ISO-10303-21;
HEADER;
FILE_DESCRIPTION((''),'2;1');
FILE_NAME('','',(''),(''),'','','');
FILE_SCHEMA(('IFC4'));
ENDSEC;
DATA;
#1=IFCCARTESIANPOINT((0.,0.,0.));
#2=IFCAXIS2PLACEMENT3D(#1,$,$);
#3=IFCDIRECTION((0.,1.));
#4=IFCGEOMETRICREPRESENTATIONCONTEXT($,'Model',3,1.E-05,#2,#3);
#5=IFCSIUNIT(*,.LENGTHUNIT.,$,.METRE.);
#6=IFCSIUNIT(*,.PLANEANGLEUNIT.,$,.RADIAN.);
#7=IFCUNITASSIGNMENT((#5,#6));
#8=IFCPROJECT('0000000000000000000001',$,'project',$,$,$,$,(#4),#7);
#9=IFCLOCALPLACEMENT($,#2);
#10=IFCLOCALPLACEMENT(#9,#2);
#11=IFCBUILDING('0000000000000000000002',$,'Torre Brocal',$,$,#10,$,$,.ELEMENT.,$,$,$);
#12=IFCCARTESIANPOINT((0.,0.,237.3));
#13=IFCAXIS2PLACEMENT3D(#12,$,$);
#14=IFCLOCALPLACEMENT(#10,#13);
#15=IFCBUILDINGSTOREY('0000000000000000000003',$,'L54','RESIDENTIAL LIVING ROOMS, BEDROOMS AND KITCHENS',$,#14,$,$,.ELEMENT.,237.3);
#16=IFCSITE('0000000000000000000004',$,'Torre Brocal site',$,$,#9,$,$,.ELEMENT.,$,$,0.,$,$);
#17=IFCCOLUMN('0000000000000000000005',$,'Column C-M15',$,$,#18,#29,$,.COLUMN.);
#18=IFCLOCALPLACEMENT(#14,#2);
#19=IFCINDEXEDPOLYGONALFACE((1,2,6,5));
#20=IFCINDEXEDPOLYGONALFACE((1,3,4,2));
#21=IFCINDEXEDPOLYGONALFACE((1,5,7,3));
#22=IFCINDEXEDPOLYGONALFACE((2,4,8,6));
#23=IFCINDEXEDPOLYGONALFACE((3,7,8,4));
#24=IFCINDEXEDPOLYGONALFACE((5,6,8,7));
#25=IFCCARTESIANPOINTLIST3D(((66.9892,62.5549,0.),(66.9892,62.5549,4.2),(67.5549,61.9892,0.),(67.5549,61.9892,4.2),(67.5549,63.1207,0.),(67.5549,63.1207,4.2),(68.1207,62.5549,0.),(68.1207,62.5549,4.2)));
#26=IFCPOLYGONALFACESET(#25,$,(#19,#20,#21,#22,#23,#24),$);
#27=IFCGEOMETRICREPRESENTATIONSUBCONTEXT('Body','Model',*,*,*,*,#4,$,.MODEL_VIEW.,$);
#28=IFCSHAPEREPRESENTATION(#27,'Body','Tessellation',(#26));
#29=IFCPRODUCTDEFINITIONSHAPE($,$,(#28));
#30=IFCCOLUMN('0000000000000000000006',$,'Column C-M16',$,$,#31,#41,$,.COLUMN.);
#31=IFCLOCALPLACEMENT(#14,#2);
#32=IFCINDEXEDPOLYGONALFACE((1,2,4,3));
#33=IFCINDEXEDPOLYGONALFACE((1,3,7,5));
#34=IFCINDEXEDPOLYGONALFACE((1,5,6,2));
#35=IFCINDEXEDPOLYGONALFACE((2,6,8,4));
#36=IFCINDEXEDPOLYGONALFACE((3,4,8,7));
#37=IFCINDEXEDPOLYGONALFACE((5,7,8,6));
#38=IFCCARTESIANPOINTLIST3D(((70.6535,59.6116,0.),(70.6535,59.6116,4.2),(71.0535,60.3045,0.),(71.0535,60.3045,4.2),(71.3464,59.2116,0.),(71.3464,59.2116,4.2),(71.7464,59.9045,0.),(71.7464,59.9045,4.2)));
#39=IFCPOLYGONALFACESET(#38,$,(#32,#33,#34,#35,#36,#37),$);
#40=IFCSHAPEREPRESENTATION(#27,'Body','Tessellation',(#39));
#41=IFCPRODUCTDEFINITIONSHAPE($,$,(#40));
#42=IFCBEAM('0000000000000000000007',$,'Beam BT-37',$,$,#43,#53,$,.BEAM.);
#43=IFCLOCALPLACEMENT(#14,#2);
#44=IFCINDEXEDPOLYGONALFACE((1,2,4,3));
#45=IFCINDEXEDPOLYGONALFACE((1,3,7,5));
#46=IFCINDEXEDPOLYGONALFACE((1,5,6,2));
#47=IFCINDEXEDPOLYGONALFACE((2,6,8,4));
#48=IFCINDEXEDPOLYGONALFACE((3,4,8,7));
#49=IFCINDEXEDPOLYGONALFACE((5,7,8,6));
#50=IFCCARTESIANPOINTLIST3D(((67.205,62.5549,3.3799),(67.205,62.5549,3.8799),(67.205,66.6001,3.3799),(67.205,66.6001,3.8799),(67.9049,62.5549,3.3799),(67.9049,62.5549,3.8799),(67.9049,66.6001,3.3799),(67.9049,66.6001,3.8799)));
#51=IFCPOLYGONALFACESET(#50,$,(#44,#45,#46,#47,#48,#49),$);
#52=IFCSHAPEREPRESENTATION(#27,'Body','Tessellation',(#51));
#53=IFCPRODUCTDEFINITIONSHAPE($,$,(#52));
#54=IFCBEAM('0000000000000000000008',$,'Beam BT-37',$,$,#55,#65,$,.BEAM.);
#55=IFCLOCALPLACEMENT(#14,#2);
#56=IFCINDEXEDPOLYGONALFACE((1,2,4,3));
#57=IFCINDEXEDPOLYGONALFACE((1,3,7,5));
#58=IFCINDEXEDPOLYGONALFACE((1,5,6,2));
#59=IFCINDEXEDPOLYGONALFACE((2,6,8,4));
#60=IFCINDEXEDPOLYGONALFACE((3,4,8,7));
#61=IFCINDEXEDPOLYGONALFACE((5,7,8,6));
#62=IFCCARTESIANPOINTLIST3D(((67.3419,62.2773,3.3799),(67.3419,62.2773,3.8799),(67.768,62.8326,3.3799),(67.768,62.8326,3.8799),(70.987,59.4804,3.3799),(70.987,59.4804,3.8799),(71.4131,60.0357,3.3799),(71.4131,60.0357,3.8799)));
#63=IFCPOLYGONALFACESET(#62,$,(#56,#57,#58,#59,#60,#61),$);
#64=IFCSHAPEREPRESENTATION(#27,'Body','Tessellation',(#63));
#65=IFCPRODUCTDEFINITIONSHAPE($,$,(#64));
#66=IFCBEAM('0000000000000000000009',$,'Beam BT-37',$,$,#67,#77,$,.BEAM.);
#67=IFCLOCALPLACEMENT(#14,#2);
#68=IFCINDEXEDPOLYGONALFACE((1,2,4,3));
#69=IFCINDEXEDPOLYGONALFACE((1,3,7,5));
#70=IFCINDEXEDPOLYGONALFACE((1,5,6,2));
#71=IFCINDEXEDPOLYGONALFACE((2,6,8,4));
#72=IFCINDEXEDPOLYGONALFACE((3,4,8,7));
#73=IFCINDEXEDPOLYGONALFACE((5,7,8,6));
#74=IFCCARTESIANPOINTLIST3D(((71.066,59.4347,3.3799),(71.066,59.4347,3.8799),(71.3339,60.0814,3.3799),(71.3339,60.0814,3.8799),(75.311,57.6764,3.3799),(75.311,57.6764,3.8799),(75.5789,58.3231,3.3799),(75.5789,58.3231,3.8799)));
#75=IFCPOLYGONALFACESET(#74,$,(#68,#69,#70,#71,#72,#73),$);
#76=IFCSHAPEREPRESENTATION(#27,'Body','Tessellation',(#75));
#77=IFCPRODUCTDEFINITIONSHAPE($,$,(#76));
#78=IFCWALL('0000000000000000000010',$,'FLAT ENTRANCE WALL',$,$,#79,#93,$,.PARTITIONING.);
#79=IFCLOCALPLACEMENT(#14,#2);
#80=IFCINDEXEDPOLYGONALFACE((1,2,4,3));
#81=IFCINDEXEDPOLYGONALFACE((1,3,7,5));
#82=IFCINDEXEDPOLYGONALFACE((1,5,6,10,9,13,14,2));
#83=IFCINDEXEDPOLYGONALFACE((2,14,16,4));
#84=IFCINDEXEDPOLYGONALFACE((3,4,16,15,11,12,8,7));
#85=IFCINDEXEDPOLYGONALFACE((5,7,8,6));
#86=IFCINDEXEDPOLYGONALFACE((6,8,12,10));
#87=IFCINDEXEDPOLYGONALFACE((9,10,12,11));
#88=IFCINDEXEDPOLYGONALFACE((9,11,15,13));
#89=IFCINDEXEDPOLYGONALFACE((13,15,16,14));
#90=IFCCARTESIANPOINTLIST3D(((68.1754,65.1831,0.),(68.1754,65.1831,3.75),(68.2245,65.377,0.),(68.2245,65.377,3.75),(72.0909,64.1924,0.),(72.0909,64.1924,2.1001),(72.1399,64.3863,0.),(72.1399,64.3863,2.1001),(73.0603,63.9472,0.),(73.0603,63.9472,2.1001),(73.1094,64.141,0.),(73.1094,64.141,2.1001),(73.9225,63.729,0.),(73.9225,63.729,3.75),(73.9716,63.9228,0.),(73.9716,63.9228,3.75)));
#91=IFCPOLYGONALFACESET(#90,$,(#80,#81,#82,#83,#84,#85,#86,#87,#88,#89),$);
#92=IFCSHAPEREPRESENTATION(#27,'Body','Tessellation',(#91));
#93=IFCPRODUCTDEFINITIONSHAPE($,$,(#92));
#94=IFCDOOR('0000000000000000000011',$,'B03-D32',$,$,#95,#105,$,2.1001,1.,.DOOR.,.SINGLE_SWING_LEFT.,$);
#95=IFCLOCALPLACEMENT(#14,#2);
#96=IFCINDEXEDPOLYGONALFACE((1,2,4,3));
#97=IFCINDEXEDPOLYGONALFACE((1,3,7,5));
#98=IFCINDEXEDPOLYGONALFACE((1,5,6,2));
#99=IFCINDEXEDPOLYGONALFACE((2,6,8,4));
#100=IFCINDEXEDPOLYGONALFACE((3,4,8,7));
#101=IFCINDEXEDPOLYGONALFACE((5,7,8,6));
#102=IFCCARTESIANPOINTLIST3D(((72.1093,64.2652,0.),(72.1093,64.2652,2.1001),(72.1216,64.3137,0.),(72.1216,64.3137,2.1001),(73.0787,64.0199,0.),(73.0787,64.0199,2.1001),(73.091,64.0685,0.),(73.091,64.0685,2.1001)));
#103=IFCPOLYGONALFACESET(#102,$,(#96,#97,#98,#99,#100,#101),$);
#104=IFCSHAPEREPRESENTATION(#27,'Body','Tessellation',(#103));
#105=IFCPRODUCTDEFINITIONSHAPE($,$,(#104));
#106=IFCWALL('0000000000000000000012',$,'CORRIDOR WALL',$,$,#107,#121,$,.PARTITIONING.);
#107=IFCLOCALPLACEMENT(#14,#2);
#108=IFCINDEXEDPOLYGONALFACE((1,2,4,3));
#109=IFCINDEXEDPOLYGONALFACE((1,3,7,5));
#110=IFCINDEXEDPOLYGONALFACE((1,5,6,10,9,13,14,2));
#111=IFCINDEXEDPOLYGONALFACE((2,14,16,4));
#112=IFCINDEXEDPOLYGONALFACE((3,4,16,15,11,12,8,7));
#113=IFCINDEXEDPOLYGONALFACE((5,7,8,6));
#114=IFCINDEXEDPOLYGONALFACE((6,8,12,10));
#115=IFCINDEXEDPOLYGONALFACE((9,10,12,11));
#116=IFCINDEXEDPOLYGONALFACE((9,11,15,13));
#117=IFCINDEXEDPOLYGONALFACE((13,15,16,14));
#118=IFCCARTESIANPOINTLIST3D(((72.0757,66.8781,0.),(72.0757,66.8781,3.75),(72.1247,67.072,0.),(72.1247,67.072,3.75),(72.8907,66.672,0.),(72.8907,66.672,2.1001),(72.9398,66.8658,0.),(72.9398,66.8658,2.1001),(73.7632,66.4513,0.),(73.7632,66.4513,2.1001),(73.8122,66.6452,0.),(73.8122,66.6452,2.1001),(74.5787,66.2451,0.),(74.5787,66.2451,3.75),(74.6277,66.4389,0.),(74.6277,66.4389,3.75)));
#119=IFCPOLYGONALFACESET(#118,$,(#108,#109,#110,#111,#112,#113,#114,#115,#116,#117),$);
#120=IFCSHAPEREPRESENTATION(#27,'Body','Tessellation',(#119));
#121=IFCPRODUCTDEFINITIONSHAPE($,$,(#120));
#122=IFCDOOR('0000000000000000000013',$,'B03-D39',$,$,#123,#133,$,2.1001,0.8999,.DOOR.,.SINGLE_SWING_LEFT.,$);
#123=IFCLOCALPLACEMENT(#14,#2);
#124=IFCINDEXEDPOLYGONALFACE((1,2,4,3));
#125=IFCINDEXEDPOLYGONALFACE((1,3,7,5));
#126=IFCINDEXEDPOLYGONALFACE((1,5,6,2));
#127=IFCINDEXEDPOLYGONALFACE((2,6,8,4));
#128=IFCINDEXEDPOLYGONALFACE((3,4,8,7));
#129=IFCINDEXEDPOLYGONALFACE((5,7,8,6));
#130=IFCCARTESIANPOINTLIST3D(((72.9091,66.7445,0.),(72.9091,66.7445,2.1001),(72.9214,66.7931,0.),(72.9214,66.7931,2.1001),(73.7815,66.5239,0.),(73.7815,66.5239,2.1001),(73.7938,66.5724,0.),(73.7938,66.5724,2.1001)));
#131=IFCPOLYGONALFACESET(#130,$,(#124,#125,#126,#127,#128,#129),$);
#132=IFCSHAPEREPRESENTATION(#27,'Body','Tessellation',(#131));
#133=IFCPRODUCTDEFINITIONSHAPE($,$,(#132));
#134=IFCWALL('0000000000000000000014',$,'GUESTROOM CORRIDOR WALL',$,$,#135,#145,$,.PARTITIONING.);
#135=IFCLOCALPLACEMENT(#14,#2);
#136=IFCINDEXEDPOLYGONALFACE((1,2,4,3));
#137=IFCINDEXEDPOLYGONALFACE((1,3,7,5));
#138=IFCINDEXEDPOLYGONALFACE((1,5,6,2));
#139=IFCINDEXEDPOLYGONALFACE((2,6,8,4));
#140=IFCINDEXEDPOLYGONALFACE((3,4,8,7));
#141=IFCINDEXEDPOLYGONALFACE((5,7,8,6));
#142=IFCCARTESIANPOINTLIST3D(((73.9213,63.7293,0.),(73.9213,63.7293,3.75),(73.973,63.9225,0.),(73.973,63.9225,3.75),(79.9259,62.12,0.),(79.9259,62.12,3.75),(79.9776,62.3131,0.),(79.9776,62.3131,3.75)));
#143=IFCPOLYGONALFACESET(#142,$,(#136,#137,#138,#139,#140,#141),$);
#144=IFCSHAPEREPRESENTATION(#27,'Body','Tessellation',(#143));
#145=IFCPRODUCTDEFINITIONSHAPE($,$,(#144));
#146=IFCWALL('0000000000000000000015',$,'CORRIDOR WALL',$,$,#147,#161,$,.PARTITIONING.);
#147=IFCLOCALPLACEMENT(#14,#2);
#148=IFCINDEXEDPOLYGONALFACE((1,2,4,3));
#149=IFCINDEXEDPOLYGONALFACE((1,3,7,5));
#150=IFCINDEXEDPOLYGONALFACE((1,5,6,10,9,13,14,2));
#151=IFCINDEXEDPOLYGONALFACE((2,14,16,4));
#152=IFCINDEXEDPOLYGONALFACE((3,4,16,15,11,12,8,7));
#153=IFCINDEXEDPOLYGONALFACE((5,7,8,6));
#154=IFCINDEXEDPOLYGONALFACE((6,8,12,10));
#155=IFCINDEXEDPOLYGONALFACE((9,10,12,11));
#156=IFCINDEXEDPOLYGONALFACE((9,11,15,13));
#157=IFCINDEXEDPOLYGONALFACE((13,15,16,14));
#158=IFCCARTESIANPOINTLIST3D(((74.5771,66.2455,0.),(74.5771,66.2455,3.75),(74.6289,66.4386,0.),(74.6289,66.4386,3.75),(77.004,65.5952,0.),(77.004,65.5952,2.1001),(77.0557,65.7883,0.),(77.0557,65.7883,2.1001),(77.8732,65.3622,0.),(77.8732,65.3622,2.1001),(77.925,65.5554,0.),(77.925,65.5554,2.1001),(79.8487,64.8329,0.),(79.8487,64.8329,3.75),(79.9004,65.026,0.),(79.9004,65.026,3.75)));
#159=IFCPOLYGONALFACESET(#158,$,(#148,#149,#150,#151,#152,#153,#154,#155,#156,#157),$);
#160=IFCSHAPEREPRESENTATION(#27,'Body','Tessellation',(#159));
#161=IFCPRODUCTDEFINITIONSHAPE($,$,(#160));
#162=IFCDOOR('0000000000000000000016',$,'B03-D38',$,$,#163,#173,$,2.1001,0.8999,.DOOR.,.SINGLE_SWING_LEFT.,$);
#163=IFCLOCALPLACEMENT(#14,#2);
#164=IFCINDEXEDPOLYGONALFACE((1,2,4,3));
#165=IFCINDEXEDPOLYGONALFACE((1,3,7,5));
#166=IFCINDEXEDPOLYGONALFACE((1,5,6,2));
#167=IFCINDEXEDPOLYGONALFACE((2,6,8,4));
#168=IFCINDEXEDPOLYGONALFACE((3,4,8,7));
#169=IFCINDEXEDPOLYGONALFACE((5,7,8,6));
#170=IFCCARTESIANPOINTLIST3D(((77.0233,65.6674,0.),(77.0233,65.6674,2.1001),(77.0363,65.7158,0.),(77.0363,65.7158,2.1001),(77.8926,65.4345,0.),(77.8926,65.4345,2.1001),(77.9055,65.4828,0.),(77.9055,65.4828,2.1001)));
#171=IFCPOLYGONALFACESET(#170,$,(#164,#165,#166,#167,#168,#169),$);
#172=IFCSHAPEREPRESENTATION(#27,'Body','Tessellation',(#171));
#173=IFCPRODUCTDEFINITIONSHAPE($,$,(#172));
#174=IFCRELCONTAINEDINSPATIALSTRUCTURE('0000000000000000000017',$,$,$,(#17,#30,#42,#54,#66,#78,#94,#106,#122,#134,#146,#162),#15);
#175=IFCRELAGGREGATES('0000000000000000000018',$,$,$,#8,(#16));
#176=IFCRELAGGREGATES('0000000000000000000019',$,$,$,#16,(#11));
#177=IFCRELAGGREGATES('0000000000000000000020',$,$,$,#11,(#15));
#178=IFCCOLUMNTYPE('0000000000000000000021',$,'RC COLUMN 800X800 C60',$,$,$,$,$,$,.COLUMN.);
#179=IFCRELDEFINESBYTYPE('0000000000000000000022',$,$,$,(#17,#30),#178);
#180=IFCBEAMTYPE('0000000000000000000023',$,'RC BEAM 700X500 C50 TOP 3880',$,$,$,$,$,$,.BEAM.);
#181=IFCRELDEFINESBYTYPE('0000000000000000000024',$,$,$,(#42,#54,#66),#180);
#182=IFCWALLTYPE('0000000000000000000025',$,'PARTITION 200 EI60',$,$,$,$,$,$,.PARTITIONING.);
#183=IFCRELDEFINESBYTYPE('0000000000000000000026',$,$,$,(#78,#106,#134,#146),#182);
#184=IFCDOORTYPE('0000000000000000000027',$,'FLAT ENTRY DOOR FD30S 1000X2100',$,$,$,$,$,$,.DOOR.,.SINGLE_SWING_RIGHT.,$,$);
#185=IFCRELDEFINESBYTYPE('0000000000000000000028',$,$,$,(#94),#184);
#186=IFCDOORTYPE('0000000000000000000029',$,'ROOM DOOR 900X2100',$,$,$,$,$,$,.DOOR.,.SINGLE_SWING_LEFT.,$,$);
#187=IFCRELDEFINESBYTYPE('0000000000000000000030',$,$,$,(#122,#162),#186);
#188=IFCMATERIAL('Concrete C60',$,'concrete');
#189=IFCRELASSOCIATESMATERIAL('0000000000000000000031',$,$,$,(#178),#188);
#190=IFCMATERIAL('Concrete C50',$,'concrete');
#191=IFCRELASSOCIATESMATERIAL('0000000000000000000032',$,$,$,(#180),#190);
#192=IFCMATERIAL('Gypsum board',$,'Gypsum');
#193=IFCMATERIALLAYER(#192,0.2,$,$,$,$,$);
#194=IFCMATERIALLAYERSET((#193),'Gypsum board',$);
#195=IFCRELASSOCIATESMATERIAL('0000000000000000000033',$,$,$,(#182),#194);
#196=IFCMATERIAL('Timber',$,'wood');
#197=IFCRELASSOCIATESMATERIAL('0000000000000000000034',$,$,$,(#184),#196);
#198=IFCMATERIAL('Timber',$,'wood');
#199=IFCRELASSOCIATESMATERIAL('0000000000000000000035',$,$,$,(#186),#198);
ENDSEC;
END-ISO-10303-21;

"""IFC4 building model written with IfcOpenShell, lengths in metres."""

from ifc_helpers import new_model, si_unit, direction, frame, frame_2d, origin, origin_2d, place, context, subcontext, project, spatial, rectangle, extrude, material, layer, layer_set, material_profile, profile_set, type_object, element, fill, save


model = new_model("IFC4")

# Units and contexts
model_context = context("Model", 3, precision=1e-05, world=origin(), true_north=direction((0.0, 1.0)))
body_context = subcontext(model_context, "Body", "Model", "MODEL_VIEW")
ifc_project = project(units=[si_unit("LENGTHUNIT", "METRE"), si_unit("PLANEANGLEUNIT", "RADIAN")], contexts=[model_context])

# Site, building, storey
site_placement = place(None, origin())
site = spatial("IfcSite", under=ifc_project, at=site_placement, Name="Torre Brocal site", CompositionType="ELEMENT", RefElevation=0.0)
building_placement = place(site_placement, origin())
building = spatial("IfcBuilding", under=site, at=building_placement, Name="Torre Brocal", CompositionType="ELEMENT")
storey_placement = place(building_placement, frame((0.0, 0.0, 237.3)))
storey = spatial("IfcBuildingStorey", under=building, at=storey_placement, Name="L54", Description="RESIDENTIAL LIVING ROOMS, BEDROOMS AND KITCHENS", CompositionType="ELEMENT", Elevation=237.3)

# Columns
ifc_material_1 = material(Name="Concrete C60", Category="concrete")
ifc_material_profile_1 = material_profile(ifc_material_1, rectangle(XDim=0.8, YDim=0.8, at=origin_2d()), Name="RC 800X800")
ifc_profile_set_1 = profile_set([ifc_material_profile_1], Name="Concrete C60")
column_type = type_object("IfcColumnType", Name="RC COLUMN 800X800 C60", PredefinedType="COLUMN", material=ifc_profile_set_1)
for number, where, z_axis, x_axis, name in (
    (1, (67.5549, 62.5549, 0.0), (0.0, 0.0, 1.0), (-0.707107, -0.707107, 0.0), "Column C-M15"),
    (2, (71.2, 59.7581, 0.0), (0.0, 0.0, 1.0), (-0.5, -0.866025, 0.0), "Column C-M16"),
):
    element("IfcColumn", number, at=place(storey_placement, frame(where, z_axis=z_axis, x_axis=x_axis)), inside=storey, type_object=column_type, Name=name, PredefinedType="COLUMN", context=body_context, shape_type="SweptSolid", body=[
        extrude(rectangle(XDim=0.8, YDim=0.8, at=origin_2d()), origin(), (0.0, 0.0, 1.0), 4.2),
    ])

# Beams
ifc_material_2 = material(Name="Concrete C50", Category="concrete")
ifc_material_profile_2 = material_profile(ifc_material_2, rectangle(XDim=0.7, YDim=0.5, at=origin_2d()), Name="RC 700X500")
ifc_profile_set_2 = profile_set([ifc_material_profile_2], Name="Concrete C50")
beam_type = type_object("IfcBeamType", Name="RC BEAM 700X500 C50 TOP 3880", PredefinedType="BEAM", material=ifc_profile_set_2)
beam_1_placement = place(storey_placement, frame((67.5549, 62.5549, 3.6299), z_axis=(0.0, 1.0, 0.0), x_axis=(-1.0, 0.0, 0.0)))
element("IfcBeam", 3, at=beam_1_placement, inside=storey, type_object=beam_type, Name="Beam BT-37", PredefinedType="BEAM", context=body_context, shape_type="SweptSolid", body=[
    extrude(rectangle(XDim=0.7, YDim=0.5, at=origin_2d()), origin(), (0.0, 0.0, 1.0), 4.0452),
])
beam_2_placement = place(storey_placement, frame((67.5549, 62.5549, 3.6299), z_axis=(0.793358, -0.608755, 0.0), x_axis=(0.608755, 0.793358, 0.0)))
element("IfcBeam", 4, at=beam_2_placement, inside=storey, type_object=beam_type, Name="Beam BT-37", PredefinedType="BEAM", context=body_context, shape_type="SweptSolid", body=[
    extrude(rectangle(XDim=0.7, YDim=0.5, at=origin_2d()), origin(), (0.0, 0.0, 1.0), 4.5945),
])
beam_3_placement = place(storey_placement, frame((71.2, 59.7581, 3.6299), z_axis=(0.923878, -0.382687, 0.0), x_axis=(0.382687, 0.923878, 0.0)))
element("IfcBeam", 5, at=beam_3_placement, inside=storey, type_object=beam_type, Name="Beam BT-37", PredefinedType="BEAM", context=body_context, shape_type="SweptSolid", body=[
    extrude(rectangle(XDim=0.7, YDim=0.5, at=origin_2d()), origin(), (0.0, 0.0, 1.0), 4.5947),
])

# Walls, openings, doors
ifc_material_3 = material(Name="Gypsum board", Category="Gypsum")
ifc_layer_1 = layer(ifc_material_3, 0.2)
ifc_layer_set_1 = layer_set([ifc_layer_1], Name="Gypsum board")
wall_type_1 = type_object("IfcWallType", Name="PARTITION 200 EI60", PredefinedType="PARTITIONING", material=ifc_layer_set_1)
wall_1_placement = place(storey_placement, frame((68.2, 65.28, 0.0), z_axis=(0.0, 0.0, 1.0), x_axis=(0.969451, -0.245287, 0.0)))
wall_1 = element("IfcWall", 6, at=wall_1_placement, inside=storey, type_object=wall_type_1, Name="FLAT ENTRANCE WALL", PredefinedType="PARTITIONING", context=body_context, shape_type="SweptSolid", body=[
    extrude(rectangle(XDim=5.9282, YDim=0.2, at=frame_2d((2.9641, 0.0))), origin(), (0.0, 0.0, 1.0), 3.75),
])
opening_1_placement = place(wall_1_placement, frame((4.0388, 0.0, 0.0)))
opening_1 = element("IfcOpeningElement", 7, at=opening_1_placement, cuts=wall_1, PredefinedType="OPENING", context=body_context, shape_type="SweptSolid", body=[
    extrude(rectangle(XDim=1.0, YDim=2.1001, at=frame_2d((0.5, 1.05))), frame((0.0, 0.1099, 0.0), z_axis=(0.0, -1.0, 0.0), x_axis=(1.0, 0.0, 0.0)), (0.0, 0.0, 1.0), 0.22),
])
ifc_material_4 = material(Name="Timber", Category="wood")
door_type_1 = type_object("IfcDoorType", Name="FLAT ENTRY DOOR FD30S 1000X2100", OperationType="SINGLE_SWING_RIGHT", PredefinedType="DOOR", material=ifc_material_4)
door_1_placement = place(opening_1_placement, frame((1.0, 0.0, 0.0), z_axis=(0.0, 0.0, 1.0), x_axis=(-1.0, 0.0, 0.0)))
door_1 = element("IfcDoor", 8, at=door_1_placement, inside=storey, type_object=door_type_1, Name="B03-D32", OperationType="SINGLE_SWING_LEFT", OverallHeight=2.1001, OverallWidth=1.0, PredefinedType="DOOR", context=body_context, shape_type="SweptSolid", body=[
    extrude(rectangle(XDim=1.0, YDim=2.1001, at=frame_2d((0.5, 1.05))), frame((0.0, 0.0249, 0.0), z_axis=(0.0, -1.0, 0.0), x_axis=(1.0, 0.0, 0.0)), (0.0, 0.0, 1.0), 0.05),
])
fill(opening_1, door_1)
wall_2_placement = place(storey_placement, frame((72.1001, 66.9751, 0.0), z_axis=(0.0, 0.0, 1.0), x_axis=(0.969471, -0.245205, 0.0)))
wall_2 = element("IfcWall", 9, at=wall_2_placement, inside=storey, type_object=wall_type_1, Name="CORRIDOR WALL", PredefinedType="PARTITIONING", context=body_context, shape_type="SweptSolid", body=[
    extrude(rectangle(XDim=2.5818, YDim=0.2, at=frame_2d((1.291, 0.0))), origin(), (0.0, 0.0, 1.0), 3.75),
])
opening_2_placement = place(wall_2_placement, frame((0.8408, 0.0, 0.0)))
opening_2 = element("IfcOpeningElement", 10, at=opening_2_placement, cuts=wall_2, PredefinedType="OPENING", context=body_context, shape_type="SweptSolid", body=[
    extrude(rectangle(XDim=0.8999, YDim=2.1001, at=frame_2d((0.45, 1.05))), frame((0.0, 0.1099, 0.0), z_axis=(0.0, -1.0, 0.0), x_axis=(1.0, 0.0, 0.0)), (0.0, 0.0, 1.0), 0.22),
])
ifc_material_5 = material(Name="Timber", Category="wood")
door_type_2 = type_object("IfcDoorType", Name="ROOM DOOR 900X2100", OperationType="SINGLE_SWING_LEFT", PredefinedType="DOOR", material=ifc_material_5)
door_2_placement = place(opening_2_placement, origin())
door_2 = element("IfcDoor", 11, at=door_2_placement, inside=storey, type_object=door_type_2, Name="B03-D39", OperationType="SINGLE_SWING_LEFT", OverallHeight=2.1001, OverallWidth=0.8999, PredefinedType="DOOR", context=body_context, shape_type="SweptSolid", body=[
    extrude(rectangle(XDim=0.8999, YDim=2.1001, at=frame_2d((0.45, 1.05))), frame((0.0, 0.0249, 0.0), z_axis=(0.0, -1.0, 0.0), x_axis=(1.0, 0.0, 0.0)), (0.0, 0.0, 1.0), 0.05),
])
fill(opening_2, door_2)

# Wall
wall_3_placement = place(storey_placement, frame((73.947, 63.8259, 0.0), z_axis=(0.0, 0.0, 1.0), x_axis=(0.965908, -0.258885, 0.0)))
element("IfcWall", 12, at=wall_3_placement, inside=storey, type_object=wall_type_1, Name="GUESTROOM CORRIDOR WALL", PredefinedType="PARTITIONING", context=body_context, shape_type="SweptSolid", body=[
    extrude(rectangle(XDim=6.2166, YDim=0.2, at=frame_2d((3.1084, 0.0))), origin(), (0.0, 0.0, 1.0), 3.75),
])

# Wall, opening, door
wall_4_placement = place(storey_placement, frame((74.603, 66.342, 0.0), z_axis=(0.0, 0.0, 1.0), x_axis=(0.965921, -0.258837, 0.0)))
wall_4 = element("IfcWall", 13, at=wall_4_placement, inside=storey, type_object=wall_type_1, Name="CORRIDOR WALL", PredefinedType="PARTITIONING", context=body_context, shape_type="SweptSolid", body=[
    extrude(rectangle(XDim=5.4575, YDim=0.2, at=frame_2d((2.7288, 0.0))), origin(), (0.0, 0.0, 1.0), 3.75),
])
opening_3_placement = place(wall_4_placement, frame((2.5125, 0.0, 0.0)))
opening_3 = element("IfcOpeningElement", 14, at=opening_3_placement, cuts=wall_4, PredefinedType="OPENING", context=body_context, shape_type="SweptSolid", body=[
    extrude(rectangle(XDim=0.8999, YDim=2.1001, at=frame_2d((0.45, 1.05))), frame((0.0, 0.1099, 0.0), z_axis=(0.0, -1.0, 0.0), x_axis=(1.0, 0.0, 0.0)), (0.0, 0.0, 1.0), 0.22),
])
door_3_placement = place(opening_3_placement, origin())
door_3 = element("IfcDoor", 15, at=door_3_placement, inside=storey, type_object=door_type_2, Name="B03-D38", OperationType="SINGLE_SWING_LEFT", OverallHeight=2.1001, OverallWidth=0.8999, PredefinedType="DOOR", context=body_context, shape_type="SweptSolid", body=[
    extrude(rectangle(XDim=0.8999, YDim=2.1001, at=frame_2d((0.45, 1.05))), frame((0.0, 0.0249, 0.0), z_axis=(0.0, -1.0, 0.0), x_axis=(1.0, 0.0, 0.0)), (0.0, 0.0, 1.0), 0.05),
])
fill(opening_3, door_3)

save(model, "model.ifc")
